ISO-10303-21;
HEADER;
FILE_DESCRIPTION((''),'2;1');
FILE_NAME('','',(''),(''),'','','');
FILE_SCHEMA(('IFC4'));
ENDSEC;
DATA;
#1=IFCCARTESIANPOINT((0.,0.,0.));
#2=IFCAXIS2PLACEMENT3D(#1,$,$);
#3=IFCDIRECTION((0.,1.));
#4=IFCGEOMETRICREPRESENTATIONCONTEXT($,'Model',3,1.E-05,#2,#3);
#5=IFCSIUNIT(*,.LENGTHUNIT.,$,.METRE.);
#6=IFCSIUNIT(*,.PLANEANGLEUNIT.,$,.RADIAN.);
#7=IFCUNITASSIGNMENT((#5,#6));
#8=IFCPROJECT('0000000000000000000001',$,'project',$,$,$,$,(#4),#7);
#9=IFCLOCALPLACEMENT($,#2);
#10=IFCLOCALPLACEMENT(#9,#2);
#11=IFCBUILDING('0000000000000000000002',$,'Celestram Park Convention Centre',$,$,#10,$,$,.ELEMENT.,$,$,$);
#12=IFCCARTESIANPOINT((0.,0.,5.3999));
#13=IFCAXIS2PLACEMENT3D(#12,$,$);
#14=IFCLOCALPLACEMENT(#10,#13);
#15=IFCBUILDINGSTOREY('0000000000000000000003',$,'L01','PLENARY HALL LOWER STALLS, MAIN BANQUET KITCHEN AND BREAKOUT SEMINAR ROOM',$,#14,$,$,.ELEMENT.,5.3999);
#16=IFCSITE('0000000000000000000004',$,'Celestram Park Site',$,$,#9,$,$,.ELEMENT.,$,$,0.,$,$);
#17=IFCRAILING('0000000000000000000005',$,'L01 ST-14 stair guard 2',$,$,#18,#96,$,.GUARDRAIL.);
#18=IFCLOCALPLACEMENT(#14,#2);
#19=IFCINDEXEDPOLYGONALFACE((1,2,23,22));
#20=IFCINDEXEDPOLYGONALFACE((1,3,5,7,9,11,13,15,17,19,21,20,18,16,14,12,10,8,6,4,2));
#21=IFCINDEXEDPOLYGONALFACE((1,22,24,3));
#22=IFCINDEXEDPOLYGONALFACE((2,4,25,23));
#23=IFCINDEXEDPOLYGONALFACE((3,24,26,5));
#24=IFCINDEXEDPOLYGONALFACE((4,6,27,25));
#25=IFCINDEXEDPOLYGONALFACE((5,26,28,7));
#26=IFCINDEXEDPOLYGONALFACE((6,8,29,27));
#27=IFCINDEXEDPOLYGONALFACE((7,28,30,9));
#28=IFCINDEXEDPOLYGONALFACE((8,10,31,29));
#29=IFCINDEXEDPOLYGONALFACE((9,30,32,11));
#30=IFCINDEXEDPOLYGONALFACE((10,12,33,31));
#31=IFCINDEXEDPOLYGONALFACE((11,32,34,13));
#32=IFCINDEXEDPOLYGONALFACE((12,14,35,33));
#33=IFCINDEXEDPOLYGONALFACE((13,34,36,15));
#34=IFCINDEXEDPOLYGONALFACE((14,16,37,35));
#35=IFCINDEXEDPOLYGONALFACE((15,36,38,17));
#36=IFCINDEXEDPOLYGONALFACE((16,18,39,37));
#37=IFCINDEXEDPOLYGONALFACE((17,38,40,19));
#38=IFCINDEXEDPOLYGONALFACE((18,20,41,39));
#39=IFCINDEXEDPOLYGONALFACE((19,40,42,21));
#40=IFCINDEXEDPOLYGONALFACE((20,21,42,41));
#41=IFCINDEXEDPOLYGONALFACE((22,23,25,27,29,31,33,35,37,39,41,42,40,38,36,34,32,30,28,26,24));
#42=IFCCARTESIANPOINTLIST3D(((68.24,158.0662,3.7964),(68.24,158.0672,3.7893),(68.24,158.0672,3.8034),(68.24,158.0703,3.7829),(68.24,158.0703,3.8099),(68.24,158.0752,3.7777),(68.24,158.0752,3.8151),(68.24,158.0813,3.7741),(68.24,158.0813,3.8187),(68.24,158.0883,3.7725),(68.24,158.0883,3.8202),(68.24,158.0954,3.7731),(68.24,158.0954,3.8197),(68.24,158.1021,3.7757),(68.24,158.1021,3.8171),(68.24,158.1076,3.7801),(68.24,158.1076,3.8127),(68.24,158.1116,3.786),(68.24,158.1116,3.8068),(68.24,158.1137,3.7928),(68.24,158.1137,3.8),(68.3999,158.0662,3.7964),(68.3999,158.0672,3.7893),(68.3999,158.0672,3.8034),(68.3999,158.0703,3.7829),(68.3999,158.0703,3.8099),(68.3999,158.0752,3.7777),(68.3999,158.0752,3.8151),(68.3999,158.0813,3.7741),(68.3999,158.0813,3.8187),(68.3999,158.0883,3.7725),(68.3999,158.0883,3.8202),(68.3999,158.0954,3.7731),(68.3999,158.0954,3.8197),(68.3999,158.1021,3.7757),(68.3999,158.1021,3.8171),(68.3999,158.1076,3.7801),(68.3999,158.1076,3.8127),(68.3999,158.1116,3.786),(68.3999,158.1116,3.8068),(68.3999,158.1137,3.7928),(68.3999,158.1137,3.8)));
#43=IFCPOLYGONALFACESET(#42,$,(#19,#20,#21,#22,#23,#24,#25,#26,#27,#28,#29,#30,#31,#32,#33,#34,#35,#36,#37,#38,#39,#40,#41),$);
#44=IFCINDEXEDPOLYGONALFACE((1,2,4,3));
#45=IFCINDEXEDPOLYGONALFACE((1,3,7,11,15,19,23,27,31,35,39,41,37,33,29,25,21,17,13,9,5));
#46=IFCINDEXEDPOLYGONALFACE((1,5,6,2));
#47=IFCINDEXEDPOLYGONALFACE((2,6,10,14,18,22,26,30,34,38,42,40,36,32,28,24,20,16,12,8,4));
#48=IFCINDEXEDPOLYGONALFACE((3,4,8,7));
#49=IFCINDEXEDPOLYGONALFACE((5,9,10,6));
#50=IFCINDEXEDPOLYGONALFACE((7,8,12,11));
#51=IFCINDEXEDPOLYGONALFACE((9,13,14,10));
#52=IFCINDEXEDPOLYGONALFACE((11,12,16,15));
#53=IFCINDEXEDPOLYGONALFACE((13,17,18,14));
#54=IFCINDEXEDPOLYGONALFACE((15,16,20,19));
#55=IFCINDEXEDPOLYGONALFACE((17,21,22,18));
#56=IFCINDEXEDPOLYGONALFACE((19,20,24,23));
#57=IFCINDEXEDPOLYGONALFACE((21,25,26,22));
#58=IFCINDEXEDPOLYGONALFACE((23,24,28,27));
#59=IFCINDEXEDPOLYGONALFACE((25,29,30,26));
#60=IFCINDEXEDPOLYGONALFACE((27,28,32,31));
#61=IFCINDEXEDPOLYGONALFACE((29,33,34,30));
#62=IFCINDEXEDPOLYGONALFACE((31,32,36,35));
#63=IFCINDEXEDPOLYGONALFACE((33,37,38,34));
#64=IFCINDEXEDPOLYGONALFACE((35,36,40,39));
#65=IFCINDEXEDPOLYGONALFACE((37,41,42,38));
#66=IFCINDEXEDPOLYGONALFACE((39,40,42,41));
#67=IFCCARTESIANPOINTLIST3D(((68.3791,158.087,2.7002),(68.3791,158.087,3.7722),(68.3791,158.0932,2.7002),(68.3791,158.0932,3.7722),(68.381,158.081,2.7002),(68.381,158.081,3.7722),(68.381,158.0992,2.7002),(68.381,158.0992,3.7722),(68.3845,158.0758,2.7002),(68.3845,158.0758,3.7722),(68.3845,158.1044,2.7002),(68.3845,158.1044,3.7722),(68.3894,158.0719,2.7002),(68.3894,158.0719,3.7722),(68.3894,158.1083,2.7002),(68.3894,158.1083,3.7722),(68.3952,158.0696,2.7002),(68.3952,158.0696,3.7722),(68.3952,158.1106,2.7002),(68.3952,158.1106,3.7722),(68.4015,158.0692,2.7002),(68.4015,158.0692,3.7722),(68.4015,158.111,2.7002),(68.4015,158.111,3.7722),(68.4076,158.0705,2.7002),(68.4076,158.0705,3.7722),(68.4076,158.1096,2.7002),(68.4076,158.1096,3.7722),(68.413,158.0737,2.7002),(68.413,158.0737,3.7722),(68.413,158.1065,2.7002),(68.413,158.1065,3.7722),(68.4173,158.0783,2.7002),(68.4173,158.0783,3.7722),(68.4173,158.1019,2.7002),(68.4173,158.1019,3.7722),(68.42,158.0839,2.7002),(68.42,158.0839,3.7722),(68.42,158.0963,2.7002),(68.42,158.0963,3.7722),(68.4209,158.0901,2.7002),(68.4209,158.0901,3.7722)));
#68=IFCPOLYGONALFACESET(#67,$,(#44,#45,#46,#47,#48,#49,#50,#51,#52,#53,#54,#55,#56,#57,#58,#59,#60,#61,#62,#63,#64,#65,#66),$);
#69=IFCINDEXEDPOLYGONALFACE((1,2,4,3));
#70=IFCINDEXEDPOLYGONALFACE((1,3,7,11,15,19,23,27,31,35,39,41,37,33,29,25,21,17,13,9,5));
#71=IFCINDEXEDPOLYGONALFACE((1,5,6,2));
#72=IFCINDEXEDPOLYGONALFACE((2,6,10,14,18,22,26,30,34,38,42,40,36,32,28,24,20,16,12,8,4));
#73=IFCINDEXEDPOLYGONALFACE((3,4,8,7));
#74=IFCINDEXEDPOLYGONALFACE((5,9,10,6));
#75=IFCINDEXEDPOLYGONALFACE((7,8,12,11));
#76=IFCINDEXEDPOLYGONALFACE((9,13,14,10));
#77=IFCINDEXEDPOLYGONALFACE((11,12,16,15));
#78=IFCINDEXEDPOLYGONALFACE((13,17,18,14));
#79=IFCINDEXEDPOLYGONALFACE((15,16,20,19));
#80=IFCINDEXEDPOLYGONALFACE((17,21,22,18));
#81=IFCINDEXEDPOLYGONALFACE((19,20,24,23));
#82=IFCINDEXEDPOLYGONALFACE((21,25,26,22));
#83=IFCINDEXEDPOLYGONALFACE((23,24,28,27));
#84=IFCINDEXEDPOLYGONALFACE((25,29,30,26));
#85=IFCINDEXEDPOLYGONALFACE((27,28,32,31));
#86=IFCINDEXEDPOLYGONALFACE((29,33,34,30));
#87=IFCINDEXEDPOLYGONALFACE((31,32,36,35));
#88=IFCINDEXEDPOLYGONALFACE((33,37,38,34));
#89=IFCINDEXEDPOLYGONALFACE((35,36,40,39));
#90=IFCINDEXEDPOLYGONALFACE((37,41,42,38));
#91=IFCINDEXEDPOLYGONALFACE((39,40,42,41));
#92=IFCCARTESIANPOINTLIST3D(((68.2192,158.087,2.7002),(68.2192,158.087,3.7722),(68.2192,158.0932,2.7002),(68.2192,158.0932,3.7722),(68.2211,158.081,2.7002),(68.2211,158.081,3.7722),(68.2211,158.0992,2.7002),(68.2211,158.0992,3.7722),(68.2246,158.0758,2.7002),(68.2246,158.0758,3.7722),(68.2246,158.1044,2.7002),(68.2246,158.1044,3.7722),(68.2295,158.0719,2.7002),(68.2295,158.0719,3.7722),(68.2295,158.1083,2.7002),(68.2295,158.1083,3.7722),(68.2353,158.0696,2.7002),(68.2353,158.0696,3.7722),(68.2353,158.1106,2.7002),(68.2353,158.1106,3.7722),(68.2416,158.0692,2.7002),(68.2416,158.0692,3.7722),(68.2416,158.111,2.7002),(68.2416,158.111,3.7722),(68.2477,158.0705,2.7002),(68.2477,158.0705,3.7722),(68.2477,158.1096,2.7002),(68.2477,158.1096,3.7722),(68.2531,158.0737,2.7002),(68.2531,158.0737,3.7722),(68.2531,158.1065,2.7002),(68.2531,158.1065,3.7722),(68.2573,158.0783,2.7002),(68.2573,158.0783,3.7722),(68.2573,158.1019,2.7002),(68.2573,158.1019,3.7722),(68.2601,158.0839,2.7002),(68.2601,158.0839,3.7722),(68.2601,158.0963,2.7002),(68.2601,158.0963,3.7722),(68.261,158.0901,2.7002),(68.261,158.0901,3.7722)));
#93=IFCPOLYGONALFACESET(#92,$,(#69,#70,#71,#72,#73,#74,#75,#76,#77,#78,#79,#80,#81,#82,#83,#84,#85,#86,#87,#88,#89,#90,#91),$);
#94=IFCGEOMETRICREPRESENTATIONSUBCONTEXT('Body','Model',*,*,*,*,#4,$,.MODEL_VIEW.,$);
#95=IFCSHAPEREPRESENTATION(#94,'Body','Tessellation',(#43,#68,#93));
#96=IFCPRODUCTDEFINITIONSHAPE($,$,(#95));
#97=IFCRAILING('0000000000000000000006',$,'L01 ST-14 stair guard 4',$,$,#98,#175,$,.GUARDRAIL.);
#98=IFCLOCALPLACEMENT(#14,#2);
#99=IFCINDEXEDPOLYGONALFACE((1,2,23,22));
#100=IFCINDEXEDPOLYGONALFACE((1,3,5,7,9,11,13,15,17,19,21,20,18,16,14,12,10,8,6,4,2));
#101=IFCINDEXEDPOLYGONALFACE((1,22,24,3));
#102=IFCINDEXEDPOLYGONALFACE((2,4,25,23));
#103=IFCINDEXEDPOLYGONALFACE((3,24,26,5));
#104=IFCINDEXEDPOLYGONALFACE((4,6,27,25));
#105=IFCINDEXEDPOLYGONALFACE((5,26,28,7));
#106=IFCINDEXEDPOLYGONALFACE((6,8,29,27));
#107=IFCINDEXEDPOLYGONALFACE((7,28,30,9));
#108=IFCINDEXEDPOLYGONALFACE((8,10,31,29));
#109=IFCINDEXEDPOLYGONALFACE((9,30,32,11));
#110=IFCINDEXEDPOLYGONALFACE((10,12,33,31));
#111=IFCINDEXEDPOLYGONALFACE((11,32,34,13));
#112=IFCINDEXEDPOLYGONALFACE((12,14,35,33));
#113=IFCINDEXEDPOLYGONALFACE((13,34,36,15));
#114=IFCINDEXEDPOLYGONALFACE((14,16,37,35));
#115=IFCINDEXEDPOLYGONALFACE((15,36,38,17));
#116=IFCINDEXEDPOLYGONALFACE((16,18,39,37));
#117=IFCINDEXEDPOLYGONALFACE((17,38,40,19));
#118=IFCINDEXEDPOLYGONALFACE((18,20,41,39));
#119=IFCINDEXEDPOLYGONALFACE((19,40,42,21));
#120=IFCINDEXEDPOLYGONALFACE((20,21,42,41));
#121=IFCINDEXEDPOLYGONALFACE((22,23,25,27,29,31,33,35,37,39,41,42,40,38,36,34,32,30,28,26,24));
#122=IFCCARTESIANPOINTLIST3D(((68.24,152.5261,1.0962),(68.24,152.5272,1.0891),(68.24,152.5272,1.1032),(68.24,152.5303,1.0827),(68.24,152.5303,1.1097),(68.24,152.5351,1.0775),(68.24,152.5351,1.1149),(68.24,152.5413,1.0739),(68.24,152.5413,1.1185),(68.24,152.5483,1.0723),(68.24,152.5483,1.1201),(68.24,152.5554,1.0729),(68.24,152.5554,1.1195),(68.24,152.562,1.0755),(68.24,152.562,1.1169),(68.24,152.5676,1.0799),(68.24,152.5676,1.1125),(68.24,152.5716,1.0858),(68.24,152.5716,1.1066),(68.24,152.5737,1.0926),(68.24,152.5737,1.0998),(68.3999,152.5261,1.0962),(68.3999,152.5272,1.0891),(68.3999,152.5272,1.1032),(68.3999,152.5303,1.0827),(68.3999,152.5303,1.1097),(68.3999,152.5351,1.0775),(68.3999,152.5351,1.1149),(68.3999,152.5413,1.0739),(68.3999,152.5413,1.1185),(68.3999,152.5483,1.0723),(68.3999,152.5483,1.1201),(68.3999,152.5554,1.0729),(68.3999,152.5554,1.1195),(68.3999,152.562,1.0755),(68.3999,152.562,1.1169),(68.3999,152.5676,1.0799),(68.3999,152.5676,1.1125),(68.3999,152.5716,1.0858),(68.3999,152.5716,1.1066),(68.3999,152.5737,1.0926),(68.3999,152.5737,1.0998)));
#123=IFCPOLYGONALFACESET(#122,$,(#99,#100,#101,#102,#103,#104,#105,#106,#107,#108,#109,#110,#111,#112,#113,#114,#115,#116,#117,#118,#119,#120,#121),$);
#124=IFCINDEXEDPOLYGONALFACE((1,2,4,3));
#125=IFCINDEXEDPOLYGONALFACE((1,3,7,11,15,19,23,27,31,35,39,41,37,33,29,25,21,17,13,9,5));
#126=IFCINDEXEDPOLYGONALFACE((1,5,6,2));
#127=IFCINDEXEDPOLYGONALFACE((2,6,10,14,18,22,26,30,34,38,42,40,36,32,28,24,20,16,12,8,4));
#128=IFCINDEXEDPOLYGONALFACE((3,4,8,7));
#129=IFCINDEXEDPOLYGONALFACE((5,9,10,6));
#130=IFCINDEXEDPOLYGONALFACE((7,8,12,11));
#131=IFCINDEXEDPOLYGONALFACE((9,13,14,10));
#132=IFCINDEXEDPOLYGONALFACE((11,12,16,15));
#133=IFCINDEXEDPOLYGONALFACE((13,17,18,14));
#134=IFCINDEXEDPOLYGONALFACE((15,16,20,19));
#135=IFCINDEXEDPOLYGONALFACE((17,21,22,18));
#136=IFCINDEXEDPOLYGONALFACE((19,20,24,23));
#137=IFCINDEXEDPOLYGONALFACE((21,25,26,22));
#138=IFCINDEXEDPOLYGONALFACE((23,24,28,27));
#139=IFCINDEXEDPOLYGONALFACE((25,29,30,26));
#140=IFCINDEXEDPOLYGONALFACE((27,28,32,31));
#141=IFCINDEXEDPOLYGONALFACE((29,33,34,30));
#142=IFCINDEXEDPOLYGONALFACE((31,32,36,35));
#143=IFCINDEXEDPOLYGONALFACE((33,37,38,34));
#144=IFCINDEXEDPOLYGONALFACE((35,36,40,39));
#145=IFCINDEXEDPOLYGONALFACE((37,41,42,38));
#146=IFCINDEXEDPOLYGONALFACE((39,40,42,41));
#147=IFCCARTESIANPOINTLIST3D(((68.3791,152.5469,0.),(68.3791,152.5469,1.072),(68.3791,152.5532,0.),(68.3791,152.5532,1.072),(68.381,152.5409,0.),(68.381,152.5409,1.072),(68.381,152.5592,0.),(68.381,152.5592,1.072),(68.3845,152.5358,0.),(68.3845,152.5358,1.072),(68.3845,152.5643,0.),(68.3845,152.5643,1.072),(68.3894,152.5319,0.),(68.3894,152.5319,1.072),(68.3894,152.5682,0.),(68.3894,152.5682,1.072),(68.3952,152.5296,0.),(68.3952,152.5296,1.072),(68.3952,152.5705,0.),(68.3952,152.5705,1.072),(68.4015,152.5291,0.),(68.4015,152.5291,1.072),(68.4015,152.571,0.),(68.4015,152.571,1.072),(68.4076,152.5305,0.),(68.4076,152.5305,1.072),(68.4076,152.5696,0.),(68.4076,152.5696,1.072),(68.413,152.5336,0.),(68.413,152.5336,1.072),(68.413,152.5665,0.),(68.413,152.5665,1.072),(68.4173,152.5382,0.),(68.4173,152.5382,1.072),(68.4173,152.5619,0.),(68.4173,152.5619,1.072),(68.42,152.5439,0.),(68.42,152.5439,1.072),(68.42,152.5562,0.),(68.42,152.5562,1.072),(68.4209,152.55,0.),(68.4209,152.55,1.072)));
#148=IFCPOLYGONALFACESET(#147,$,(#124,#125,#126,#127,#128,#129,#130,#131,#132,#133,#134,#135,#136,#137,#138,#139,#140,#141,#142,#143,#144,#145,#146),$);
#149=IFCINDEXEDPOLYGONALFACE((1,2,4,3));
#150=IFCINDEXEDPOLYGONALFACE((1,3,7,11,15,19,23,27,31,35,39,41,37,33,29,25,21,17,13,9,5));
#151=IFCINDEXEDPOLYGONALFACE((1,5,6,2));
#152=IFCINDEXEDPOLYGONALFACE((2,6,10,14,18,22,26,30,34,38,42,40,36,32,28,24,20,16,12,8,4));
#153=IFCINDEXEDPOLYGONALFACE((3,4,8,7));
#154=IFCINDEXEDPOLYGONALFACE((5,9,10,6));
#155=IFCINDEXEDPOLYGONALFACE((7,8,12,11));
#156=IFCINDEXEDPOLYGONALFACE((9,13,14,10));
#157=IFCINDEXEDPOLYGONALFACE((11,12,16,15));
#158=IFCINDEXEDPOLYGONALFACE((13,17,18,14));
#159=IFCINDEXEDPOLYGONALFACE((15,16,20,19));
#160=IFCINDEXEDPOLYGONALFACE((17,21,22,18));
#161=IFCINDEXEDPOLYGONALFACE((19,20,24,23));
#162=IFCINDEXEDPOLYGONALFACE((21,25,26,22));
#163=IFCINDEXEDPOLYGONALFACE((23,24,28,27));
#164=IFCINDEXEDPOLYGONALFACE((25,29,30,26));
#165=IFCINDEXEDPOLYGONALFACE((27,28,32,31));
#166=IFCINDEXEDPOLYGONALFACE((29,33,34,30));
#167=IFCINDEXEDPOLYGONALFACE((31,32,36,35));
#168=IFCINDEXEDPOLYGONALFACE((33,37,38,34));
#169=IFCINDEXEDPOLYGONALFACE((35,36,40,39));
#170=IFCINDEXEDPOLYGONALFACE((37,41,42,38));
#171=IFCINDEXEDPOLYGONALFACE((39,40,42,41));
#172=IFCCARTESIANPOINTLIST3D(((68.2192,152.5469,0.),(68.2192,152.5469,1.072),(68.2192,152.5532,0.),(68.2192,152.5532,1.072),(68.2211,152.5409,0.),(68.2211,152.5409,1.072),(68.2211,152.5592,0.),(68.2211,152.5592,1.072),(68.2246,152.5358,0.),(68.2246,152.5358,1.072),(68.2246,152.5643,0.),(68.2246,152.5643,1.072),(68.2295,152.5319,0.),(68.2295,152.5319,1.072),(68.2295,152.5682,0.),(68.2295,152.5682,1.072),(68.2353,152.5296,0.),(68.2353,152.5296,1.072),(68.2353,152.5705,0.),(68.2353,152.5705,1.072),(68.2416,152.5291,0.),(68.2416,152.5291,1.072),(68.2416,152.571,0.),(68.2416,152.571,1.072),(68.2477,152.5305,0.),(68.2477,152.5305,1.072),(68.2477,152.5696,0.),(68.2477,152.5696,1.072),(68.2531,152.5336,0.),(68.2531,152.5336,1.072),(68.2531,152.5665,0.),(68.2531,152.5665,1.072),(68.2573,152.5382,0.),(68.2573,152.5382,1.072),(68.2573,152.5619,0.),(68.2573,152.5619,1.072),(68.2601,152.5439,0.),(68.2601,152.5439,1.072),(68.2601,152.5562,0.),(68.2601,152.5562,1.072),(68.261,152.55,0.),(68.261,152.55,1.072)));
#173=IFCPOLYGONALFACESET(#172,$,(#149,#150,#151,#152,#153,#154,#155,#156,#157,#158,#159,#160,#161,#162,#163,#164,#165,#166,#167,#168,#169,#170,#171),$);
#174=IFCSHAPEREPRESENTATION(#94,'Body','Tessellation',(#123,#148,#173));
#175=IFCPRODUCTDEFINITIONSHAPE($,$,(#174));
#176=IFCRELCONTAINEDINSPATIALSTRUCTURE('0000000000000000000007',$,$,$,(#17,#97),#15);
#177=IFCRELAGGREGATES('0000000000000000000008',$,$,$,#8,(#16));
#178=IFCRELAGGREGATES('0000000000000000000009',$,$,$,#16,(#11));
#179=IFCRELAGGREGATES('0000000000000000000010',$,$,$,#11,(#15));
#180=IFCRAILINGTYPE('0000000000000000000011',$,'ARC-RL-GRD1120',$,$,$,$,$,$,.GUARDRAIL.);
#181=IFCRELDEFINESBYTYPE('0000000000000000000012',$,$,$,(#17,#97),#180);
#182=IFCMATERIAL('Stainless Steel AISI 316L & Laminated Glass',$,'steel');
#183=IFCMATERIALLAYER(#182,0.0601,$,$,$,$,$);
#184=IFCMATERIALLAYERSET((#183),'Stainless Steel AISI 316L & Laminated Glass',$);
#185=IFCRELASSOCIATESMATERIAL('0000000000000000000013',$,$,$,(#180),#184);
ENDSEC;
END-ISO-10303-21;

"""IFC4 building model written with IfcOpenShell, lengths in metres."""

from ifc_helpers import new_model, si_unit, direction, frame, origin, origin_2d, place, context, subcontext, project, spatial, circle, extrude, material, layer, layer_set, type_object, element, save


model = new_model("IFC4")

# Units and contexts
model_context = context("Model", 3, precision=1e-05, world=origin(), true_north=direction((0.0, 1.0)))
body_context = subcontext(model_context, "Body", "Model", "MODEL_VIEW")
ifc_project = project(units=[si_unit("LENGTHUNIT", "METRE"), si_unit("PLANEANGLEUNIT", "RADIAN")], contexts=[model_context])

# Site, building, storey
site_placement = place(None, origin())
site = spatial("IfcSite", under=ifc_project, at=site_placement, Name="Celestram Park Site", CompositionType="ELEMENT", RefElevation=0.0)
building_placement = place(site_placement, origin())
building = spatial("IfcBuilding", under=site, at=building_placement, Name="Celestram Park Convention Centre", CompositionType="ELEMENT")
storey_placement = place(building_placement, frame((0.0, 0.0, 5.3999)))
storey = spatial("IfcBuildingStorey", under=building, at=storey_placement, Name="L01", Description="PLENARY HALL LOWER STALLS, MAIN BANQUET KITCHEN AND BREAKOUT SEMINAR ROOM", CompositionType="ELEMENT", Elevation=5.3999)

# Railings
ifc_material_1 = material(Name="Stainless Steel AISI 316L & Laminated Glass", Category="steel")
ifc_layer_1 = layer(ifc_material_1, 0.0601)
ifc_layer_set_1 = layer_set([ifc_layer_1], Name="Stainless Steel AISI 316L & Laminated Glass")
railing_type_1 = type_object("IfcRailingType", Name="ARC-RL-GRD1120", PredefinedType="GUARDRAIL", material=ifc_layer_set_1)
railing_1_placement = place(storey_placement, frame((68.3999, 158.0901, 2.7002)))
element("IfcRailing", 1, at=railing_1_placement, inside=storey, type_object=railing_type_1, Name="L01 ST-14 stair guard 2", PredefinedType="GUARDRAIL", context=body_context, shape_type="SweptSolid", body=[
    extrude(circle(Radius=0.0239, at=origin_2d()), frame((0.0, 0.0, 1.0962), z_axis=(-1.0, 0.0, 0.0), x_axis=(0.0, -1.0, 0.0)), (0.0, 0.0, 1.0), 0.1599),
    extrude(circle(Radius=0.021, at=origin_2d()), origin(), (0.0, 0.0, 1.0), 1.072),
    extrude(circle(Radius=0.021, at=origin_2d()), frame((-0.1599, 0.0, 0.0)), (0.0, 0.0, 1.0), 1.072),
])
railing_2_placement = place(storey_placement, frame((68.3999, 152.55, 0.0)))
element("IfcRailing", 2, at=railing_2_placement, inside=storey, type_object=railing_type_1, Name="L01 ST-14 stair guard 4", PredefinedType="GUARDRAIL", context=body_context, shape_type="SweptSolid", body=[
    extrude(circle(Radius=0.0239, at=origin_2d()), frame((0.0, 0.0, 1.0962), z_axis=(-1.0, 0.0, 0.0), x_axis=(0.0, -1.0, 0.0)), (0.0, 0.0, 1.0), 0.1599),
    extrude(circle(Radius=0.021, at=origin_2d()), origin(), (0.0, 0.0, 1.0), 1.072),
    extrude(circle(Radius=0.021, at=origin_2d()), frame((-0.1599, 0.0, 0.0)), (0.0, 0.0, 1.0), 1.072),
])

save(model, "model.ifc")
